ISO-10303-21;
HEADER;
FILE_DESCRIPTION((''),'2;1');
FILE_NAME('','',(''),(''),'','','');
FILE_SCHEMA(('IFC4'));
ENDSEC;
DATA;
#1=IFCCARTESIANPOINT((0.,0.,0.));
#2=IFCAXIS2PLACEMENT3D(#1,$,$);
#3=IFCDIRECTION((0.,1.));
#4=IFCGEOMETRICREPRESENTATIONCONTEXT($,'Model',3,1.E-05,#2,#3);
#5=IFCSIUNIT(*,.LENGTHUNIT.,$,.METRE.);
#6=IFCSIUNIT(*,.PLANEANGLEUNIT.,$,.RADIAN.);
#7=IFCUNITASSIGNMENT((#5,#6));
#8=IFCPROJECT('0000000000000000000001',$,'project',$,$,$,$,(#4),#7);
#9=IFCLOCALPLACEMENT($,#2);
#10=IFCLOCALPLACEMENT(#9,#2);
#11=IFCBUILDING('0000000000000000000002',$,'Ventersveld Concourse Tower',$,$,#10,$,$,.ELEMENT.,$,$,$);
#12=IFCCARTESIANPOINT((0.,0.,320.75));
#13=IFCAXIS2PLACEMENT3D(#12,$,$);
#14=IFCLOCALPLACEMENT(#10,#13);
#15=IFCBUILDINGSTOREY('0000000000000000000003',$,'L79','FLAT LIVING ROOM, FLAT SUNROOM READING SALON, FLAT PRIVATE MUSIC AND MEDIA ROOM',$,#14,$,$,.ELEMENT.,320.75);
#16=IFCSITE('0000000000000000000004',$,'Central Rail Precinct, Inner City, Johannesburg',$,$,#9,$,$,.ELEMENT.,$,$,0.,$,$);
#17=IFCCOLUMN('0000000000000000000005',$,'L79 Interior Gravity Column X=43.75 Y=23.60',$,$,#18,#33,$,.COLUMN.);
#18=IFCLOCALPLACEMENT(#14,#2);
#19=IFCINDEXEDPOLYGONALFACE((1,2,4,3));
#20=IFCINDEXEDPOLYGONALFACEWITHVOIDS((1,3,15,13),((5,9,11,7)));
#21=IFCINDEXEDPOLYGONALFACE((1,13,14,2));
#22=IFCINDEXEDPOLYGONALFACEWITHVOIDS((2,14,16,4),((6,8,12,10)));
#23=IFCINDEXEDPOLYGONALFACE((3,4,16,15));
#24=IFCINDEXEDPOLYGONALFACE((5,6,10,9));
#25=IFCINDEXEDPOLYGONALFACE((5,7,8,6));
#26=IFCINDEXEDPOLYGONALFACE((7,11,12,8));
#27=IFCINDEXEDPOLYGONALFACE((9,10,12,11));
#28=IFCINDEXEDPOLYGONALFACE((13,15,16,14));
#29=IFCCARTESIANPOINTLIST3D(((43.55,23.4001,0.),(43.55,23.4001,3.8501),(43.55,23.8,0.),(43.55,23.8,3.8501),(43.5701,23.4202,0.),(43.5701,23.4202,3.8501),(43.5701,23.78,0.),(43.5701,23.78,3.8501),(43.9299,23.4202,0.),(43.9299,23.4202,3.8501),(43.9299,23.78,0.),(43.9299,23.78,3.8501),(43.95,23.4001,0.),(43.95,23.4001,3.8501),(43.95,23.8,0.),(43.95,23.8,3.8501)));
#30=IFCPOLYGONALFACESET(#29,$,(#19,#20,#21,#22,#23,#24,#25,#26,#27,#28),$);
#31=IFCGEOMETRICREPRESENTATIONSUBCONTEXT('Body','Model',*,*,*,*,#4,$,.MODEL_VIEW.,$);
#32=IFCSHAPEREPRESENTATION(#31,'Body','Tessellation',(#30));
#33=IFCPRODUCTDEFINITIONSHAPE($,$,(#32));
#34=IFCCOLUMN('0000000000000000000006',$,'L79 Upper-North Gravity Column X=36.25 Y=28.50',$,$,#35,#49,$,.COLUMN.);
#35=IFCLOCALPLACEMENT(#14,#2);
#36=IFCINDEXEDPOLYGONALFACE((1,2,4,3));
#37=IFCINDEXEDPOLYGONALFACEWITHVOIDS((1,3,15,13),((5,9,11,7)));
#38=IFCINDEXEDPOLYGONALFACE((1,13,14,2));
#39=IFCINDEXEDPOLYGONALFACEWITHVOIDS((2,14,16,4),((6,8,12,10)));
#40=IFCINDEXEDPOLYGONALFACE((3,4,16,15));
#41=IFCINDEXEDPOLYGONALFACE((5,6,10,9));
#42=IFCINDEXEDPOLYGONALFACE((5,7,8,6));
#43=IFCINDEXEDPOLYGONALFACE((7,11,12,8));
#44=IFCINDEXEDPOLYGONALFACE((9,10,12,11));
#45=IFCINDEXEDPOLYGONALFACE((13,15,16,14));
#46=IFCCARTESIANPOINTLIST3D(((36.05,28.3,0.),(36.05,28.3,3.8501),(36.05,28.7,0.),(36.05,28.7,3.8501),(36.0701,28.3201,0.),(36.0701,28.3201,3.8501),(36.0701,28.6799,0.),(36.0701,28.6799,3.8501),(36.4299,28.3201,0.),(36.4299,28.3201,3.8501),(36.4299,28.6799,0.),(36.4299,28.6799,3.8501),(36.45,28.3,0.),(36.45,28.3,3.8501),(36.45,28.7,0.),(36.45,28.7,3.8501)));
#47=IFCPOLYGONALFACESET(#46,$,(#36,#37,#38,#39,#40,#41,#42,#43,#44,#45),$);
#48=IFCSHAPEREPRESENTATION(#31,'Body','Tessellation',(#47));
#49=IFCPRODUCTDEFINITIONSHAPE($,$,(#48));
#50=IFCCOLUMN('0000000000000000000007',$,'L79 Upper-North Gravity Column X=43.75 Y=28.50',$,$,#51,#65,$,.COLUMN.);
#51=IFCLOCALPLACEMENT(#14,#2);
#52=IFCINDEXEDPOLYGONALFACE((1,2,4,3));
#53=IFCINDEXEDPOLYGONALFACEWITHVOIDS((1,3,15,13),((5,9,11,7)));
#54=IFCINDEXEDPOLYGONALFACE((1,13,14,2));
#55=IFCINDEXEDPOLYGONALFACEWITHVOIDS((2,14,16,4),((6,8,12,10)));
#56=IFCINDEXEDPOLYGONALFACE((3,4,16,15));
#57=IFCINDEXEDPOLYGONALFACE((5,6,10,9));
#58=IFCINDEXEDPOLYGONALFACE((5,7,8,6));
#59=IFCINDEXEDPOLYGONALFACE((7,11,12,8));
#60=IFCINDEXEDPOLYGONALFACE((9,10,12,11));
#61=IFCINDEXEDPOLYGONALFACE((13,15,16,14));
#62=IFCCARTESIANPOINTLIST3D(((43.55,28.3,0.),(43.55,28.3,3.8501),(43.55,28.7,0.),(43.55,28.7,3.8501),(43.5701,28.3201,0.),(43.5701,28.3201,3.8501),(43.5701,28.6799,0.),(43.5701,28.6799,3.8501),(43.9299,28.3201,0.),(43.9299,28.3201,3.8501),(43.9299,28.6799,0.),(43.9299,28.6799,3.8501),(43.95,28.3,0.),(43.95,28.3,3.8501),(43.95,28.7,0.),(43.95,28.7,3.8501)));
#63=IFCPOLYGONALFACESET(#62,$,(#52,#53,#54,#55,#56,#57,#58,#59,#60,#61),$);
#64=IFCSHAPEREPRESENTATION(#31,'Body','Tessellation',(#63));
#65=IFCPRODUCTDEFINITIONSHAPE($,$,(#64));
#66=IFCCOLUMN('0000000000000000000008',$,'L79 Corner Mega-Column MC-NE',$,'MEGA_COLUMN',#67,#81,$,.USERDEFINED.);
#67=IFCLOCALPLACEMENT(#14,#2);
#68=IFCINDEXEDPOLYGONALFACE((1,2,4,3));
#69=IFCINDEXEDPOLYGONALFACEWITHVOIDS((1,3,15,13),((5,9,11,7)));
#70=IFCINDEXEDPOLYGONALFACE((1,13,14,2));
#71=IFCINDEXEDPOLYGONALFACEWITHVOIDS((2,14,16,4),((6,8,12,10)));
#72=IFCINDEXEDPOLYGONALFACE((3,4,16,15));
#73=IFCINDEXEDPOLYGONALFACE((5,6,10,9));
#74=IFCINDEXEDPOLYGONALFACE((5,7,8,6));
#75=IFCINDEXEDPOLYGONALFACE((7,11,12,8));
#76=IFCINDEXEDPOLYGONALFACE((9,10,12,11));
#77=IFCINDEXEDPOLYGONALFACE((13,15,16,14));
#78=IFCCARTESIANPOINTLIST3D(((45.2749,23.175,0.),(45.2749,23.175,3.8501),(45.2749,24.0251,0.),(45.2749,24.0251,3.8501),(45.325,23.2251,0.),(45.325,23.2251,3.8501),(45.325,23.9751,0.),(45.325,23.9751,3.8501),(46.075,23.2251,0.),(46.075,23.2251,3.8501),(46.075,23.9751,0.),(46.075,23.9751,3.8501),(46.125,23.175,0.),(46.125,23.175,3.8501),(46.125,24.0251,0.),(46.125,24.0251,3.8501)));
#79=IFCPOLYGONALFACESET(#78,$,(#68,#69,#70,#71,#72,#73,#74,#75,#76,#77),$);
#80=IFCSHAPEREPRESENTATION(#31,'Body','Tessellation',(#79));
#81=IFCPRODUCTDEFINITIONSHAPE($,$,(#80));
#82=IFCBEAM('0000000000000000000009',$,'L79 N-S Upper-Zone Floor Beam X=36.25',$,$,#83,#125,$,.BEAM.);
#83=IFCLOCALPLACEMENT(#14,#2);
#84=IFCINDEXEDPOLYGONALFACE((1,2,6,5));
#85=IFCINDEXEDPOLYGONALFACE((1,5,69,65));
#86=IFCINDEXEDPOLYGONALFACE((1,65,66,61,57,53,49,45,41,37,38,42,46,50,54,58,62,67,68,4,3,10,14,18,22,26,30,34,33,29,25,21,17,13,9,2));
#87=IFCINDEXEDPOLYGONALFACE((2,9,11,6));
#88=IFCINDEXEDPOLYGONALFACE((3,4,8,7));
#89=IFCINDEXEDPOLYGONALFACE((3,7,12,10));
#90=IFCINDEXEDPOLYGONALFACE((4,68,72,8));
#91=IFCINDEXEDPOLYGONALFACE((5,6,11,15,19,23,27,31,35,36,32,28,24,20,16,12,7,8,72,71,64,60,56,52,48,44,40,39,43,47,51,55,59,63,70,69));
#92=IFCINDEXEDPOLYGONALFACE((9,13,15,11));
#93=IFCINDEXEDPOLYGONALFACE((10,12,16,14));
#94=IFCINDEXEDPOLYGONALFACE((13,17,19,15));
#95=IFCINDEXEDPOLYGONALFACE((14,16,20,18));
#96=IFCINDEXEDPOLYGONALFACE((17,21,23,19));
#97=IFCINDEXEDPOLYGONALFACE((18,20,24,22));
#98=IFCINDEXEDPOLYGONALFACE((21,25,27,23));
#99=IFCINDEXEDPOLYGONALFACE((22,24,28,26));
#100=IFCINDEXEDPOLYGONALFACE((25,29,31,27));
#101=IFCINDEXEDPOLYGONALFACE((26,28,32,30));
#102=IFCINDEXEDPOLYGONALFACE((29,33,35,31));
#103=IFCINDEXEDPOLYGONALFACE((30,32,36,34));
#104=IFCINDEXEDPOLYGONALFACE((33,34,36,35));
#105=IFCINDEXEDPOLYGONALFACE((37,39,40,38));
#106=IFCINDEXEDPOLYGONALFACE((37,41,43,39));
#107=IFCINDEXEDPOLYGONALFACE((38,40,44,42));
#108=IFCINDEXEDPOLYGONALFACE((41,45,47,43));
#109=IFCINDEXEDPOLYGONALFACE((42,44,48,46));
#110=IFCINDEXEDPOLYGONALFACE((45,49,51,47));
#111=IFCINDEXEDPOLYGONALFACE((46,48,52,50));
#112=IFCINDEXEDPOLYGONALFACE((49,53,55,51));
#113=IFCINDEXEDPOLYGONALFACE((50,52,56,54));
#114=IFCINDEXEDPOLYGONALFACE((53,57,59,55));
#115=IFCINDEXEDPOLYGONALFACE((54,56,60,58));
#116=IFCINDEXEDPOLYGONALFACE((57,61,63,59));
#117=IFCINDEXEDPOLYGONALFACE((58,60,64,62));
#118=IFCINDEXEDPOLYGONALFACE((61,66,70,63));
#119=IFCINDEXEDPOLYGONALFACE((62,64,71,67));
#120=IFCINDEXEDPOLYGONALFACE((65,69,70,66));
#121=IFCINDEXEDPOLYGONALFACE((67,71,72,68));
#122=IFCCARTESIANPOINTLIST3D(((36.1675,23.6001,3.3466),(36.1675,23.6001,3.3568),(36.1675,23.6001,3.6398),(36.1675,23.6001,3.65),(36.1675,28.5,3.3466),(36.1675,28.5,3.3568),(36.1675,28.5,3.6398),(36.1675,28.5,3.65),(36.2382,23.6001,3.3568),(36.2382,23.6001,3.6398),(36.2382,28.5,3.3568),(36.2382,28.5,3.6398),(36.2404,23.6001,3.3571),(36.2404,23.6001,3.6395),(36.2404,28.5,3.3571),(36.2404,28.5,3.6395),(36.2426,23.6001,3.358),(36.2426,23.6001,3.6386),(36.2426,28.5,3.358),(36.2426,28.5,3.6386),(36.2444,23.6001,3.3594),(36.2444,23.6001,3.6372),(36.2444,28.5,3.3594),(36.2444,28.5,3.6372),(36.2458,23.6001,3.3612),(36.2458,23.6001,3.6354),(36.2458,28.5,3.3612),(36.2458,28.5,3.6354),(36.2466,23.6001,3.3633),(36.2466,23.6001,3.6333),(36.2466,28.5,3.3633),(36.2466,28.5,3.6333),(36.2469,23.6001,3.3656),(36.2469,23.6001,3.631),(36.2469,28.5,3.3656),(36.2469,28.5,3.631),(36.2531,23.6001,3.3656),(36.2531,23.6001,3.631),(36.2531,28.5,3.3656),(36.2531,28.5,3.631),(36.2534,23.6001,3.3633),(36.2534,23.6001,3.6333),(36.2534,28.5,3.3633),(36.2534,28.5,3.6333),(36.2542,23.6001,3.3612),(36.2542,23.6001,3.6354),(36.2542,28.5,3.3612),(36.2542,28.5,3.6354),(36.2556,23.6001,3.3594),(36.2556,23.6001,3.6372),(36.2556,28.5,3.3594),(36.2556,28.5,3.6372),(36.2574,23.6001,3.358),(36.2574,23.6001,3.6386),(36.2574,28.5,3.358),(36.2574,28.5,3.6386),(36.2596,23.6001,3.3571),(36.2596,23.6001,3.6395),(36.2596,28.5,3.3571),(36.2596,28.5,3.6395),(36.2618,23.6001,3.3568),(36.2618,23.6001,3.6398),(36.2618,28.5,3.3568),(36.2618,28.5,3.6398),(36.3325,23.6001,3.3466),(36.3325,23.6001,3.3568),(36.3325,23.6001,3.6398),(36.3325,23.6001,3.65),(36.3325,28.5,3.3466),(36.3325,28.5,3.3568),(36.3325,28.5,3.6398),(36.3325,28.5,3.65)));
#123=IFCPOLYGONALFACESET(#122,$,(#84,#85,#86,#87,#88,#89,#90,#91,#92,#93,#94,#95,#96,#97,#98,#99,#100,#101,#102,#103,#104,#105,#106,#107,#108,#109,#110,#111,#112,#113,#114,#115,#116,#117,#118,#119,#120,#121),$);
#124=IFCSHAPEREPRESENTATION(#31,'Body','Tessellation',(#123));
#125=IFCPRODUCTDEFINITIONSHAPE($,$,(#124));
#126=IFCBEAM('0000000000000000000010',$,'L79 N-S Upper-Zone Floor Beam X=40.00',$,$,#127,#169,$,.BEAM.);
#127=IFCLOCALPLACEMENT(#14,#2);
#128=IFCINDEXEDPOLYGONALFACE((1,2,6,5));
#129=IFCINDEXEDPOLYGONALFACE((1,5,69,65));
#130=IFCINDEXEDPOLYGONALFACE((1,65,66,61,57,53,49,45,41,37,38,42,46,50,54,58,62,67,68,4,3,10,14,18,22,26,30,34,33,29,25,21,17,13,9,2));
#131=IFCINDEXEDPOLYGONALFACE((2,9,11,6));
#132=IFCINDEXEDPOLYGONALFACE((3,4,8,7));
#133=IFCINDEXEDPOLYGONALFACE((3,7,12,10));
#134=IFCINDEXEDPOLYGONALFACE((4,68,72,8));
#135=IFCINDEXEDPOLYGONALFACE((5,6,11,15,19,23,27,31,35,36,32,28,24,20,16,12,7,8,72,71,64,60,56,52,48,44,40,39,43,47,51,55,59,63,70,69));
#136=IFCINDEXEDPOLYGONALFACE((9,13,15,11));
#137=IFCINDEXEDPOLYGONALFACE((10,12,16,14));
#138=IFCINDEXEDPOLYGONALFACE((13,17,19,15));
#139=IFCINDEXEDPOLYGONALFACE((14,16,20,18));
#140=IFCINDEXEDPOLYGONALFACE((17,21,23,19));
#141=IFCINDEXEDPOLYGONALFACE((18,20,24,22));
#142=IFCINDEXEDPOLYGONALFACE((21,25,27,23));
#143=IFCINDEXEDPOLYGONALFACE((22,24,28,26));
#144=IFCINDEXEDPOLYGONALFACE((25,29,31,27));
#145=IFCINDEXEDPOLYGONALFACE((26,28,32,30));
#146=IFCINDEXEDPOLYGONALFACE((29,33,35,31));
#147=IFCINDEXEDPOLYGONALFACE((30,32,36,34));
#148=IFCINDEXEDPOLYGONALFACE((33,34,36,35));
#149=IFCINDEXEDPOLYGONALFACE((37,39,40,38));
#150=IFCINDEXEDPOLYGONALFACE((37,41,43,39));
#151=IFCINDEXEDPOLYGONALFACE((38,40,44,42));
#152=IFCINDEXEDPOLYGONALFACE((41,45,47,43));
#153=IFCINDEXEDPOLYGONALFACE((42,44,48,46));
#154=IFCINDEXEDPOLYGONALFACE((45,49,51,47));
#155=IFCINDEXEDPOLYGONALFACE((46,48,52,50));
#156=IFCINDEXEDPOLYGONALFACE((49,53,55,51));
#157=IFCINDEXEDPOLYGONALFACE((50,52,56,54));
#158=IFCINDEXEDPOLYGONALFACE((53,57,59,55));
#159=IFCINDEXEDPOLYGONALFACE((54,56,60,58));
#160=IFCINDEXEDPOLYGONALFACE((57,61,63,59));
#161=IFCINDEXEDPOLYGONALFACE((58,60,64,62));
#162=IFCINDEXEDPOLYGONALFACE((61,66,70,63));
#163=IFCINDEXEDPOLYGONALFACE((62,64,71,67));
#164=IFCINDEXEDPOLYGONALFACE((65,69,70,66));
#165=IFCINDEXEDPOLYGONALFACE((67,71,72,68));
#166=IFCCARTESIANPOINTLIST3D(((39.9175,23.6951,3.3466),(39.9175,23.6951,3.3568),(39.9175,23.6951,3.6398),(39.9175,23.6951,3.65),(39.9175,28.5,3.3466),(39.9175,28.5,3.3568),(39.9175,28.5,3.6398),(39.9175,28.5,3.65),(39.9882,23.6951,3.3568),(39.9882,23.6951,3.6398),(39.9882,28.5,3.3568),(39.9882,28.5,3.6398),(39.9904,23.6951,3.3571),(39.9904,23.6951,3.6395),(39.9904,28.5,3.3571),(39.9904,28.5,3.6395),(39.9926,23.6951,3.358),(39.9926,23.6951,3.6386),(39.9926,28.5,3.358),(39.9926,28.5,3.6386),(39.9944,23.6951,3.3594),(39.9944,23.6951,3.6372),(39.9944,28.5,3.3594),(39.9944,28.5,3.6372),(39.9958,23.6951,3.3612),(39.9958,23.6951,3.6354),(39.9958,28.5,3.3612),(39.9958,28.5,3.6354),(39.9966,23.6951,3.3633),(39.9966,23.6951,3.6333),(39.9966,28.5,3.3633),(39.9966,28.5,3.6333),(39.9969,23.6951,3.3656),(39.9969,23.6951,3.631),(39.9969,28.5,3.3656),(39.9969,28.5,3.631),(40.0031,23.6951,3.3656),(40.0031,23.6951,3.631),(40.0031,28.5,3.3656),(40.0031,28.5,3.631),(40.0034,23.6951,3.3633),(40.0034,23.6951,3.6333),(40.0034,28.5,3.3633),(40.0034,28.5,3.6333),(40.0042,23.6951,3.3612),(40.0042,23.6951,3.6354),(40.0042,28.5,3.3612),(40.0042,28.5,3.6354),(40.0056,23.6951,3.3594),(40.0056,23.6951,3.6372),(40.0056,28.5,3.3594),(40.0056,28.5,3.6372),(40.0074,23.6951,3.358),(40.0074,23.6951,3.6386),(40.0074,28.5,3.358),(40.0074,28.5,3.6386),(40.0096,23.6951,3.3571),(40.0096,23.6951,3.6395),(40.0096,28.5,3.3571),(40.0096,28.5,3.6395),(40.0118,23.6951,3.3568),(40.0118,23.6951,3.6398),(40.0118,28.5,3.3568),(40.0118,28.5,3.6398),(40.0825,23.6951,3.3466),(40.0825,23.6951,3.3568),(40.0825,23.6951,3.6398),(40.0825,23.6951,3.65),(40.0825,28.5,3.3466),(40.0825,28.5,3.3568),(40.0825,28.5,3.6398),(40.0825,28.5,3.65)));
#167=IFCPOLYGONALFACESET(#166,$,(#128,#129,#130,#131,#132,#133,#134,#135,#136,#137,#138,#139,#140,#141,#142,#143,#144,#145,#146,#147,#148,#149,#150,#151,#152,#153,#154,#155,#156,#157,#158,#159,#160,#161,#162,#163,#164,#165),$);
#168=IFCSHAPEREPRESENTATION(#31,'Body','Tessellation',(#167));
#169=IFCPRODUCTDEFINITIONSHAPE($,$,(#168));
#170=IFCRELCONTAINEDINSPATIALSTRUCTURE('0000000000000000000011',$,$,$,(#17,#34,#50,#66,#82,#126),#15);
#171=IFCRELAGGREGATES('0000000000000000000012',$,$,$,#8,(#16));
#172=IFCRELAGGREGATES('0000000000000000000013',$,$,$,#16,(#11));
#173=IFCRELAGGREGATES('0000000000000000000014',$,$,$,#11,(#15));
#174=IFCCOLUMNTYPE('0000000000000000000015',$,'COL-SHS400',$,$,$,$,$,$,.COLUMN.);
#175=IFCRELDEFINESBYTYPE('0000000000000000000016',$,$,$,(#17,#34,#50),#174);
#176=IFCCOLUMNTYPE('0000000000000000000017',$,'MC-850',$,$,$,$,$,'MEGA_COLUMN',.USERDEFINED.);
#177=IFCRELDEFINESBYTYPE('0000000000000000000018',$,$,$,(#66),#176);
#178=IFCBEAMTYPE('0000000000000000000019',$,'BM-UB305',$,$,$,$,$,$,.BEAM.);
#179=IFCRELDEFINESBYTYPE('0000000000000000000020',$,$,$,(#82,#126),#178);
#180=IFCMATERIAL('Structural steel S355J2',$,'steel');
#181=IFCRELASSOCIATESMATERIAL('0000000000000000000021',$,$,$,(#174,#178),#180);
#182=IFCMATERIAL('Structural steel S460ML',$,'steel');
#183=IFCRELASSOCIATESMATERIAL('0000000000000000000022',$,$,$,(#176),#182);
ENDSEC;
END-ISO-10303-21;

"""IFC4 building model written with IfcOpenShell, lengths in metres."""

from ifc_helpers import new_model, si_unit, direction, frame, origin, origin_2d, place, context, subcontext, project, spatial, hollow_rectangle, i_section, extrude, material, material_profile, profile_set, type_object, element, save


model = new_model("IFC4")

# Units and contexts
model_context = context("Model", 3, precision=1e-05, world=origin(), true_north=direction((0.0, 1.0)))
body_context = subcontext(model_context, "Body", "Model", "MODEL_VIEW")
ifc_project = project(units=[si_unit("LENGTHUNIT", "METRE"), si_unit("PLANEANGLEUNIT", "RADIAN")], contexts=[model_context])

# Site, building, storey
site_placement = place(None, origin())
site = spatial("IfcSite", under=ifc_project, at=site_placement, Name="Central Rail Precinct, Inner City, Johannesburg", CompositionType="ELEMENT", RefElevation=0.0)
building_placement = place(site_placement, origin())
building = spatial("IfcBuilding", under=site, at=building_placement, Name="Ventersveld Concourse Tower", CompositionType="ELEMENT")
storey_placement = place(building_placement, frame((0.0, 0.0, 320.75)))
storey = spatial("IfcBuildingStorey", under=building, at=storey_placement, Name="L79", Description="FLAT LIVING ROOM, FLAT SUNROOM READING SALON, FLAT PRIVATE MUSIC AND MEDIA ROOM", CompositionType="ELEMENT", Elevation=320.75)

# Columns
ifc_material_1 = material(Name="Structural steel S355J2", Category="steel")
ifc_material_profile_1 = material_profile(ifc_material_1, hollow_rectangle(XDim=0.3999, YDim=0.3999, WallThickness=0.02, at=origin_2d()), Name="SHS 400x400x20")
ifc_profile_set_1 = profile_set([ifc_material_profile_1], Name="Structural steel S355J2")
column_type_1 = type_object("IfcColumnType", Name="COL-SHS400", PredefinedType="COLUMN", material=ifc_profile_set_1)
for number, where, z_axis, x_axis, name in (
    (1, (43.75, 23.6001, 0.0), (0.0, 0.0, 1.0), (1.0, 0.0, 0.0), "L79 Interior Gravity Column X=43.75 Y=23.60"),
    (2, (36.25, 28.5, 0.0), (0.0, 0.0, 1.0), (1.0, 0.0, 0.0), "L79 Upper-North Gravity Column X=36.25 Y=28.50"),
    (3, (43.75, 28.5, 0.0), (0.0, 0.0, 1.0), (1.0, 0.0, 0.0), "L79 Upper-North Gravity Column X=43.75 Y=28.50"),
):
    element("IfcColumn", number, at=place(storey_placement, frame(where, z_axis=z_axis, x_axis=x_axis)), inside=storey, type_object=column_type_1, Name=name, PredefinedType="COLUMN", context=body_context, shape_type="SweptSolid", body=[
        extrude(hollow_rectangle(XDim=0.3999, YDim=0.3999, WallThickness=0.02, at=origin_2d()), origin(), (0.0, 0.0, 1.0), 3.8501),
    ])
ifc_material_2 = material(Name="Structural steel S460ML", Category="steel")
ifc_material_profile_2 = material_profile(ifc_material_2, hollow_rectangle(XDim=0.8501, YDim=0.8501, WallThickness=0.05, at=origin_2d()), Name="BOX 850x850x50")
ifc_profile_set_2 = profile_set([ifc_material_profile_2], Name="Structural steel S460ML")
column_type_2 = type_object("IfcColumnType", Name="MC-850", ElementType="MEGA_COLUMN", PredefinedType="USERDEFINED", material=ifc_profile_set_2)
column_placement = place(storey_placement, frame((45.7, 23.6001, 0.0), z_axis=(0.0, 0.0, 1.0), x_axis=(1.0, 0.0, 0.0)))
element("IfcColumn", 4, at=column_placement, inside=storey, type_object=column_type_2, Name="L79 Corner Mega-Column MC-NE", ObjectType="MEGA_COLUMN", PredefinedType="USERDEFINED", context=body_context, shape_type="SweptSolid", body=[
    extrude(hollow_rectangle(XDim=0.8501, YDim=0.8501, WallThickness=0.05, at=origin_2d()), origin(), (0.0, 0.0, 1.0), 3.8501),
])

# Beams
ifc_material_profile_3 = material_profile(ifc_material_1, i_section(OverallWidth=0.165, OverallDepth=0.3035, WebThickness=0.0061, FlangeThickness=0.0103, FilletRadius=0.0088, at=origin_2d()), Name="UB 305x165x40")
ifc_profile_set_3 = profile_set([ifc_material_profile_3], Name="Structural steel S355J2")
beam_type_1 = type_object("IfcBeamType", Name="BM-UB305", PredefinedType="BEAM", material=ifc_profile_set_3)
beam_1_placement = place(storey_placement, frame((36.25, 23.6001, 3.4983), z_axis=(0.0, 1.0, 0.0), x_axis=(-1.0, 0.0, 0.0)))
element("IfcBeam", 5, at=beam_1_placement, inside=storey, type_object=beam_type_1, Name="L79 N-S Upper-Zone Floor Beam X=36.25", PredefinedType="BEAM", context=body_context, shape_type="SweptSolid", body=[
    extrude(i_section(OverallWidth=0.165, OverallDepth=0.3035, WebThickness=0.0061, FlangeThickness=0.0103, FilletRadius=0.0088, at=origin_2d()), origin(), (0.0, 0.0, 1.0), 4.8999),
])
beam_2_placement = place(storey_placement, frame((40.0, 23.6951, 3.4983), z_axis=(0.0, 1.0, 0.0), x_axis=(-1.0, 0.0, 0.0)))
element("IfcBeam", 6, at=beam_2_placement, inside=storey, type_object=beam_type_1, Name="L79 N-S Upper-Zone Floor Beam X=40.00", PredefinedType="BEAM", context=body_context, shape_type="SweptSolid", body=[
    extrude(i_section(OverallWidth=0.165, OverallDepth=0.3035, WebThickness=0.0061, FlangeThickness=0.0103, FilletRadius=0.0088, at=origin_2d()), origin(), (0.0, 0.0, 1.0), 4.8049),
])

save(model, "model.ifc")
